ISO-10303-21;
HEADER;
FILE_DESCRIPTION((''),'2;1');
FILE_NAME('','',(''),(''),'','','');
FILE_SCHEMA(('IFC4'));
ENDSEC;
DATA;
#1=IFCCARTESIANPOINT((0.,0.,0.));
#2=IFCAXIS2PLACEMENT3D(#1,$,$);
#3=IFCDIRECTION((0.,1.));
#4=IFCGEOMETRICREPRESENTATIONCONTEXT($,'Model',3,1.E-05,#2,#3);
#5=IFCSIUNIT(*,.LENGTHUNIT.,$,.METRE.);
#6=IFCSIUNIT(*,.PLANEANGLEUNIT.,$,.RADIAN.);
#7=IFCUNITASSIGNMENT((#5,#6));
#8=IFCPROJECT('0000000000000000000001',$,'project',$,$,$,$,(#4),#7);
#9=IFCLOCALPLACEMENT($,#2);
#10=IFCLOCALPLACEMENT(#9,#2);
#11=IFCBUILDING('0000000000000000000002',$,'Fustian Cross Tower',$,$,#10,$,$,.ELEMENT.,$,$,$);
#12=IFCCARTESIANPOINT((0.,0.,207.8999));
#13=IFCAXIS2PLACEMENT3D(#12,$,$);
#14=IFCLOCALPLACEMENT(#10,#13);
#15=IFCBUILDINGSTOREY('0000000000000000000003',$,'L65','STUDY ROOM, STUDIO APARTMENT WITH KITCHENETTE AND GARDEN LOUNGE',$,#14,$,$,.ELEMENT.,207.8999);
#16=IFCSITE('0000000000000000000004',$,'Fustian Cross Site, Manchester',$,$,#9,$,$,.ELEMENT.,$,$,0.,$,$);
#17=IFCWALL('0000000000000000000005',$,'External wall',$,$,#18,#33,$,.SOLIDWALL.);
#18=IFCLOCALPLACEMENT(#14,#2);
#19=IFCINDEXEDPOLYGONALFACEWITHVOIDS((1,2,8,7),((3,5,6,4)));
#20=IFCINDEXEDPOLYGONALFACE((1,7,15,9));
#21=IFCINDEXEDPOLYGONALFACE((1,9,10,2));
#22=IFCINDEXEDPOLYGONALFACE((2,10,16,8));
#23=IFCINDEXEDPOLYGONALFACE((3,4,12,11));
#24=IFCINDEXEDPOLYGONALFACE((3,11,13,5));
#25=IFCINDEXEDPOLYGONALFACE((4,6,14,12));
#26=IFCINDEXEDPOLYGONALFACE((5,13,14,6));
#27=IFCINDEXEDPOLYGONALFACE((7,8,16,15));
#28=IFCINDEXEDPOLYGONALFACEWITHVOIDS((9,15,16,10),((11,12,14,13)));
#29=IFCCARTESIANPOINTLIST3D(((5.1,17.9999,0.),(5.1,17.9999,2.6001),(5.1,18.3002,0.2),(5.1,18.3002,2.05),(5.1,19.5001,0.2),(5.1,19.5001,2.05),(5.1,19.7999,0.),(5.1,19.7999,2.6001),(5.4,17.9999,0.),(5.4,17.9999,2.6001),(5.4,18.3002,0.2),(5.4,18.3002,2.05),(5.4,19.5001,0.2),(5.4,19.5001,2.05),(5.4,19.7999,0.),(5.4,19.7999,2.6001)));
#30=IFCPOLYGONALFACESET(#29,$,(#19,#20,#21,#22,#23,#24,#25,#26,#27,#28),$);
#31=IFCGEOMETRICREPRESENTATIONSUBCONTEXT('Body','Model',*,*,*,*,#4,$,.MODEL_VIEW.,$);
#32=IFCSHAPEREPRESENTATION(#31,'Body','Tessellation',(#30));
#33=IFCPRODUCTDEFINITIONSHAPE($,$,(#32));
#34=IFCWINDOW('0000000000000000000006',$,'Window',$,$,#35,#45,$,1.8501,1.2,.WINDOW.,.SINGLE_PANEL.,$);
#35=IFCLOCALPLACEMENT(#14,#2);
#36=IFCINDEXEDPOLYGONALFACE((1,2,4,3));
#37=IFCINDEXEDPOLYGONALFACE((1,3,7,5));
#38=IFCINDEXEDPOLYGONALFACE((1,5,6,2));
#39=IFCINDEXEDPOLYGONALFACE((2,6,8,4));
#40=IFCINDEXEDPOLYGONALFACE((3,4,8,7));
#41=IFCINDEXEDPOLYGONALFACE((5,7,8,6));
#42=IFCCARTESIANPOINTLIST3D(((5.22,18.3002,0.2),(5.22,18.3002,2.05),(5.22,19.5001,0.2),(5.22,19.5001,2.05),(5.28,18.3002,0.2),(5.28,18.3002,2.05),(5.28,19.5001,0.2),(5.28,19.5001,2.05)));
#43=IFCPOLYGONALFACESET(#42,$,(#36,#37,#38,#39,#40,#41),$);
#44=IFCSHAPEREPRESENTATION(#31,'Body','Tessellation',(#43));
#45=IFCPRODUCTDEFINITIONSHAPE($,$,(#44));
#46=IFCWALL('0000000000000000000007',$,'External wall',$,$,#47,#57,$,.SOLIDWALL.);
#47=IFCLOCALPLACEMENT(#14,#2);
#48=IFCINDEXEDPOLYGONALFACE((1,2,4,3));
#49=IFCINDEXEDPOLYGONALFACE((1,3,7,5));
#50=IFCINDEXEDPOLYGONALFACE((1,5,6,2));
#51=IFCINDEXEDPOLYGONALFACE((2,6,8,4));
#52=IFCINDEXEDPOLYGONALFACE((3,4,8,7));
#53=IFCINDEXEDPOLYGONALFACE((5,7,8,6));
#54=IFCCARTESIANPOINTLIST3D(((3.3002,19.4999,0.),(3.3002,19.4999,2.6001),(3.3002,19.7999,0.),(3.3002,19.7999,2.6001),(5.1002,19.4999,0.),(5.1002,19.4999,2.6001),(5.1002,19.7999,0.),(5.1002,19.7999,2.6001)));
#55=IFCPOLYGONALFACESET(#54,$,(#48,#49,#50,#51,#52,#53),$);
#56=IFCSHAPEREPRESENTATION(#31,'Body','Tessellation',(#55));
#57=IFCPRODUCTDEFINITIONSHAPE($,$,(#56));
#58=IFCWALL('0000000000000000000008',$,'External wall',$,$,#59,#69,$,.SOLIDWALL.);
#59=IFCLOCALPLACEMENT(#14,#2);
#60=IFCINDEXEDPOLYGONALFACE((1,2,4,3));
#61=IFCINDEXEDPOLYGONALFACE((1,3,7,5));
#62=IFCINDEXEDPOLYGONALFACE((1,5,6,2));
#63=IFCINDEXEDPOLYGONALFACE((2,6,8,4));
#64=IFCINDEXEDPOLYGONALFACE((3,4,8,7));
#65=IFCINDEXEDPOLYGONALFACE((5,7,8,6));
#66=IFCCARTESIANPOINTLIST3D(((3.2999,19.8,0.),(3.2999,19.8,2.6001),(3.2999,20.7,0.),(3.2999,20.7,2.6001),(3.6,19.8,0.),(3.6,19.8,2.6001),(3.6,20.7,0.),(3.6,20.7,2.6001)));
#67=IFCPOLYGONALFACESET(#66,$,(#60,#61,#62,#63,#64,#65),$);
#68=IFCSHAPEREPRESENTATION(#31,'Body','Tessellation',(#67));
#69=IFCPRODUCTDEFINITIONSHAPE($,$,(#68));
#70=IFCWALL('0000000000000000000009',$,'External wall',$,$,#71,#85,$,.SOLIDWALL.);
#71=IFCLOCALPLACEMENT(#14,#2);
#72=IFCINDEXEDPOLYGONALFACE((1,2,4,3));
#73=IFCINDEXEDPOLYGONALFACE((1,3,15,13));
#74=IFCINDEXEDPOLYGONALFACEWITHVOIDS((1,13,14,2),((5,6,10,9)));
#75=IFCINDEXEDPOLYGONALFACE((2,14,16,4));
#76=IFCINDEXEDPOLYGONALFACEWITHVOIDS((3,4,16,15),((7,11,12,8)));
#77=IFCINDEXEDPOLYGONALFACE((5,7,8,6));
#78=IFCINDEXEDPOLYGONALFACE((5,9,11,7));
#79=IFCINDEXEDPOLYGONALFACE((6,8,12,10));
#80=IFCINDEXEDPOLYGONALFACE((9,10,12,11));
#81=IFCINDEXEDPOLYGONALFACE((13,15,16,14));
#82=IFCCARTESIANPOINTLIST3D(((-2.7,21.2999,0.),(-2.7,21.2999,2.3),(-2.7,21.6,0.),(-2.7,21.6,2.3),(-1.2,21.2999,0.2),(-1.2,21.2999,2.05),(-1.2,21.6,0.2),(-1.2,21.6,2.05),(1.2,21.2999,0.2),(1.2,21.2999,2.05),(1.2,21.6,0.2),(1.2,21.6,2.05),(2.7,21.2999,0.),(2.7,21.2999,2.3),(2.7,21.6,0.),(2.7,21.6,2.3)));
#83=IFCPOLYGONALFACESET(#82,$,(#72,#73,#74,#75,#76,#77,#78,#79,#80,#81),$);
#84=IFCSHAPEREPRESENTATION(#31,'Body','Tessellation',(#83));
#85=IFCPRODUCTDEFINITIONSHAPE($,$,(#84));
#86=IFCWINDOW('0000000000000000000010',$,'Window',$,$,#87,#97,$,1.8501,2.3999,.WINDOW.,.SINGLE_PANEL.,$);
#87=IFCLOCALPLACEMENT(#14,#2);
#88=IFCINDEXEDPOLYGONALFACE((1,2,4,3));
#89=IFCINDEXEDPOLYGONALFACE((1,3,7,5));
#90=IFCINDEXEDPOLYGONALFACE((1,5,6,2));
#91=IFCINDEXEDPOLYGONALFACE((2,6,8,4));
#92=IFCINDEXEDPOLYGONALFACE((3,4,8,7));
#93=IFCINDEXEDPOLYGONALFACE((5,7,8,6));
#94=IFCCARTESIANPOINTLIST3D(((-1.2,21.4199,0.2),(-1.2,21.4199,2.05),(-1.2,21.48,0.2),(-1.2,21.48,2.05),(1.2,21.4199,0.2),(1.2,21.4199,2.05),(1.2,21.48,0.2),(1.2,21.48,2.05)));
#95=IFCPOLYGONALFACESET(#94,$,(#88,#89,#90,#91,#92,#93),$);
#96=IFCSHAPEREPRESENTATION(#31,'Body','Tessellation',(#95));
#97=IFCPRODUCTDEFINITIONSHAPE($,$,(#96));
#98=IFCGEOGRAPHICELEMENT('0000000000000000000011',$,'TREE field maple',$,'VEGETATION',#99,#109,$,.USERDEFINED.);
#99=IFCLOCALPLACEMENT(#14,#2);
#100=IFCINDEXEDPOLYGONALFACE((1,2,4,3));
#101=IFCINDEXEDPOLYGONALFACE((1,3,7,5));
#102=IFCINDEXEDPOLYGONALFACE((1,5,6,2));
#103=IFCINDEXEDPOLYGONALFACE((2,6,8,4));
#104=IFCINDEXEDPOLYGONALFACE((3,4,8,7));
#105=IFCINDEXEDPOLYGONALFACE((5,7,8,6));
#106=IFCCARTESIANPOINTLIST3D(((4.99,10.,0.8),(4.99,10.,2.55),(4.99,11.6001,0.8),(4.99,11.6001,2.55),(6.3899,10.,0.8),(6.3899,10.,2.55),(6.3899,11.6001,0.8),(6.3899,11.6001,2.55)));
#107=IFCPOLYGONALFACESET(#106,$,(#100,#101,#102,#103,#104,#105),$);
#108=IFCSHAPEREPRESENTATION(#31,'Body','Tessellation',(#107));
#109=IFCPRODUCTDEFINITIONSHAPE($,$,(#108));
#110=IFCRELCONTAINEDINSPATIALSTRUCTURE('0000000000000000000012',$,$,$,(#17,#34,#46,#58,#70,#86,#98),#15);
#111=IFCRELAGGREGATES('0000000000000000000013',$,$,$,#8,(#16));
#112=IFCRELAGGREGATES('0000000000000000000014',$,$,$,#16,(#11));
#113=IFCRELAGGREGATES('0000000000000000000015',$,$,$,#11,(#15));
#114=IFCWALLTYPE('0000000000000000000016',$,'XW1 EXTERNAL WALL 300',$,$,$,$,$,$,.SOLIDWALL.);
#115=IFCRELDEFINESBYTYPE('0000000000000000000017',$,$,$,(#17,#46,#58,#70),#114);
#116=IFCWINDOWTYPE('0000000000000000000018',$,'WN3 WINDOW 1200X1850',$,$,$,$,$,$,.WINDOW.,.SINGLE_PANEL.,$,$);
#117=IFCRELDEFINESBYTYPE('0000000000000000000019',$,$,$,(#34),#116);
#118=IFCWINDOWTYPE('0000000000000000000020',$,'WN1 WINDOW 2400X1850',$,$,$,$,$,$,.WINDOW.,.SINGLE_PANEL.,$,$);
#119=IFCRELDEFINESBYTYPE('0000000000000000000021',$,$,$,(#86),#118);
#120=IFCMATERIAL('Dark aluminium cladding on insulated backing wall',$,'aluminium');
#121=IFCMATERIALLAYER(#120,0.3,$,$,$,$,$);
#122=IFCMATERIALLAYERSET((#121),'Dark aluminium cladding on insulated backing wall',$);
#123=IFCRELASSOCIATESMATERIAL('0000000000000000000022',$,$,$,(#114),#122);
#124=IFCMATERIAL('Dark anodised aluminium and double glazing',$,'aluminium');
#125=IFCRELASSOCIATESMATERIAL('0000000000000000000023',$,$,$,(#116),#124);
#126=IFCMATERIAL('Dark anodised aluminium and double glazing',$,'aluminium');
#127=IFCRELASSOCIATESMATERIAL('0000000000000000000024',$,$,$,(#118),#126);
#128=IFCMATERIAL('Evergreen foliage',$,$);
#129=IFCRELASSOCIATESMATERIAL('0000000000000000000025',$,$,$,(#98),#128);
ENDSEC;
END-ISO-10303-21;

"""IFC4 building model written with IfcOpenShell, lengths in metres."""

from ifc_helpers import new_model, si_unit, direction, frame, frame_2d, origin, origin_2d, place, context, subcontext, project, spatial, rectangle, extrude, material, layer, layer_set, type_object, element, fill, save


model = new_model("IFC4")

# Units and contexts
model_context = context("Model", 3, precision=1e-05, world=origin(), true_north=direction((0.0, 1.0)))
body_context = subcontext(model_context, "Body", "Model", "MODEL_VIEW")
ifc_project = project(units=[si_unit("LENGTHUNIT", "METRE"), si_unit("PLANEANGLEUNIT", "RADIAN")], contexts=[model_context])

# Site, building, storey
site_placement = place(None, origin())
site = spatial("IfcSite", under=ifc_project, at=site_placement, Name="Fustian Cross Site, Manchester", CompositionType="ELEMENT", RefElevation=0.0)
building_placement = place(site_placement, origin())
building = spatial("IfcBuilding", under=site, at=building_placement, Name="Fustian Cross Tower", CompositionType="ELEMENT")
storey_placement = place(building_placement, frame((0.0, 0.0, 207.8999)))
storey = spatial("IfcBuildingStorey", under=building, at=storey_placement, Name="L65", Description="STUDY ROOM, STUDIO APARTMENT WITH KITCHENETTE AND GARDEN LOUNGE", CompositionType="ELEMENT", Elevation=207.8999)

# Shared definitions
ifc_material_1 = material(Name="Dark aluminium cladding on insulated backing wall", Category="aluminium")
ifc_layer_1 = layer(ifc_material_1, 0.3)
ifc_layer_set_1 = layer_set([ifc_layer_1], Name="Dark aluminium cladding on insulated backing wall")
wall_type_1 = type_object("IfcWallType", Name="XW1 EXTERNAL WALL 300", PredefinedType="SOLIDWALL", material=ifc_layer_set_1)

# Wall, opening, window
wall_1_placement = place(storey_placement, frame((5.25, 18.0, 0.0), z_axis=(0.0, 0.0, 1.0), x_axis=(0.0, 1.0, 0.0)))
wall_1 = element("IfcWall", 1, at=wall_1_placement, inside=storey, type_object=wall_type_1, Name="External wall", PredefinedType="SOLIDWALL", context=body_context, shape_type="SweptSolid", body=[
    extrude(rectangle(XDim=1.8, YDim=0.3, at=frame_2d((0.8999, 0.0))), origin(), (0.0, 0.0, 1.0), 2.6001),
])
opening_1_placement = place(wall_1_placement, frame((0.3, 0.0, 0.2)))
opening_1 = element("IfcOpeningElement", 2, at=opening_1_placement, cuts=wall_1, PredefinedType="OPENING", context=body_context, shape_type="SweptSolid", body=[
    extrude(rectangle(XDim=1.2, YDim=1.8501, at=frame_2d((0.6001, 0.925))), frame((0.0, 0.1599, 0.0), z_axis=(0.0, -1.0, 0.0), x_axis=(1.0, 0.0, 0.0)), (0.0, 0.0, 1.0), 0.3201),
])
ifc_material_2 = material(Name="Dark anodised aluminium and double glazing", Category="aluminium")
window_type_1 = type_object("IfcWindowType", Name="WN3 WINDOW 1200X1850", PartitioningType="SINGLE_PANEL", PredefinedType="WINDOW", material=ifc_material_2)
window_1_placement = place(opening_1_placement, origin())
window_1 = element("IfcWindow", 3, at=window_1_placement, inside=storey, type_object=window_type_1, Name="Window", OverallHeight=1.8501, OverallWidth=1.2, PartitioningType="SINGLE_PANEL", PredefinedType="WINDOW", context=body_context, shape_type="SweptSolid", body=[
    extrude(rectangle(XDim=1.2, YDim=1.8501, at=frame_2d((0.6001, 0.925))), frame((0.0, 0.03, 0.0), z_axis=(0.0, -1.0, 0.0), x_axis=(1.0, 0.0, 0.0)), (0.0, 0.0, 1.0), 0.0601),
])
fill(opening_1, window_1)

# Walls
wall_2_placement = place(storey_placement, frame((5.1001, 19.6499, 0.0), z_axis=(0.0, 0.0, 1.0), x_axis=(-1.0, 0.0, 0.0)))
element("IfcWall", 4, at=wall_2_placement, inside=storey, type_object=wall_type_1, Name="External wall", PredefinedType="SOLIDWALL", context=body_context, shape_type="SweptSolid", body=[
    extrude(rectangle(XDim=1.8, YDim=0.3, at=frame_2d((0.8999, 0.0))), origin(), (0.0, 0.0, 1.0), 2.6001),
])
wall_3_placement = place(storey_placement, frame((3.45, 19.8, 0.0), z_axis=(0.0, 0.0, 1.0), x_axis=(0.0, 1.0, 0.0)))
element("IfcWall", 5, at=wall_3_placement, inside=storey, type_object=wall_type_1, Name="External wall", PredefinedType="SOLIDWALL", context=body_context, shape_type="SweptSolid", body=[
    extrude(rectangle(XDim=0.8999, YDim=0.3, at=frame_2d((0.45, 0.0))), origin(), (0.0, 0.0, 1.0), 2.6001),
])

# Wall, opening, window
wall_4_placement = place(storey_placement, frame((2.7, 21.45, 0.0), z_axis=(0.0, 0.0, 1.0), x_axis=(-1.0, 0.0, 0.0)))
wall_4 = element("IfcWall", 6, at=wall_4_placement, inside=storey, type_object=wall_type_1, Name="External wall", PredefinedType="SOLIDWALL", context=body_context, shape_type="SweptSolid", body=[
    extrude(rectangle(XDim=5.3999, YDim=0.3, at=frame_2d((2.7, 0.0))), origin(), (0.0, 0.0, 1.0), 2.3),
])
opening_2_placement = place(wall_4_placement, frame((1.5, 0.0, 0.2)))
opening_2 = element("IfcOpeningElement", 7, at=opening_2_placement, cuts=wall_4, PredefinedType="OPENING", context=body_context, shape_type="SweptSolid", body=[
    extrude(rectangle(XDim=2.3999, YDim=1.8501, at=frame_2d((1.2, 0.925))), frame((0.0, 0.1599, 0.0), z_axis=(0.0, -1.0, 0.0), x_axis=(1.0, 0.0, 0.0)), (0.0, 0.0, 1.0), 0.3201),
])
ifc_material_3 = material(Name="Dark anodised aluminium and double glazing", Category="aluminium")
window_type_2 = type_object("IfcWindowType", Name="WN1 WINDOW 2400X1850", PartitioningType="SINGLE_PANEL", PredefinedType="WINDOW", material=ifc_material_3)
window_2_placement = place(opening_2_placement, origin())
window_2 = element("IfcWindow", 8, at=window_2_placement, inside=storey, type_object=window_type_2, Name="Window", OverallHeight=1.8501, OverallWidth=2.3999, PartitioningType="SINGLE_PANEL", PredefinedType="WINDOW", context=body_context, shape_type="SweptSolid", body=[
    extrude(rectangle(XDim=2.3999, YDim=1.8501, at=frame_2d((1.2, 0.925))), frame((0.0, 0.03, 0.0), z_axis=(0.0, -1.0, 0.0), x_axis=(1.0, 0.0, 0.0)), (0.0, 0.0, 1.0), 0.0601),
])
fill(opening_2, window_2)

# Geographic element
ifc_material_4 = material(Name="Evergreen foliage")
geographic_element_placement = place(storey_placement, frame((5.6899, 10.8, 0.8), z_axis=(0.0, 0.0, 1.0), x_axis=(1.0, 0.0, 0.0)))
element("IfcGeographicElement", 9, at=geographic_element_placement, inside=storey, material=ifc_material_4, Name="TREE field maple", ObjectType="VEGETATION", PredefinedType="USERDEFINED", context=body_context, shape_type="SweptSolid", body=[
    extrude(rectangle(XDim=1.3999, YDim=1.6001, at=origin_2d()), origin(), (0.0, 0.0, 1.0), 1.75),
])

save(model, "model.ifc")
